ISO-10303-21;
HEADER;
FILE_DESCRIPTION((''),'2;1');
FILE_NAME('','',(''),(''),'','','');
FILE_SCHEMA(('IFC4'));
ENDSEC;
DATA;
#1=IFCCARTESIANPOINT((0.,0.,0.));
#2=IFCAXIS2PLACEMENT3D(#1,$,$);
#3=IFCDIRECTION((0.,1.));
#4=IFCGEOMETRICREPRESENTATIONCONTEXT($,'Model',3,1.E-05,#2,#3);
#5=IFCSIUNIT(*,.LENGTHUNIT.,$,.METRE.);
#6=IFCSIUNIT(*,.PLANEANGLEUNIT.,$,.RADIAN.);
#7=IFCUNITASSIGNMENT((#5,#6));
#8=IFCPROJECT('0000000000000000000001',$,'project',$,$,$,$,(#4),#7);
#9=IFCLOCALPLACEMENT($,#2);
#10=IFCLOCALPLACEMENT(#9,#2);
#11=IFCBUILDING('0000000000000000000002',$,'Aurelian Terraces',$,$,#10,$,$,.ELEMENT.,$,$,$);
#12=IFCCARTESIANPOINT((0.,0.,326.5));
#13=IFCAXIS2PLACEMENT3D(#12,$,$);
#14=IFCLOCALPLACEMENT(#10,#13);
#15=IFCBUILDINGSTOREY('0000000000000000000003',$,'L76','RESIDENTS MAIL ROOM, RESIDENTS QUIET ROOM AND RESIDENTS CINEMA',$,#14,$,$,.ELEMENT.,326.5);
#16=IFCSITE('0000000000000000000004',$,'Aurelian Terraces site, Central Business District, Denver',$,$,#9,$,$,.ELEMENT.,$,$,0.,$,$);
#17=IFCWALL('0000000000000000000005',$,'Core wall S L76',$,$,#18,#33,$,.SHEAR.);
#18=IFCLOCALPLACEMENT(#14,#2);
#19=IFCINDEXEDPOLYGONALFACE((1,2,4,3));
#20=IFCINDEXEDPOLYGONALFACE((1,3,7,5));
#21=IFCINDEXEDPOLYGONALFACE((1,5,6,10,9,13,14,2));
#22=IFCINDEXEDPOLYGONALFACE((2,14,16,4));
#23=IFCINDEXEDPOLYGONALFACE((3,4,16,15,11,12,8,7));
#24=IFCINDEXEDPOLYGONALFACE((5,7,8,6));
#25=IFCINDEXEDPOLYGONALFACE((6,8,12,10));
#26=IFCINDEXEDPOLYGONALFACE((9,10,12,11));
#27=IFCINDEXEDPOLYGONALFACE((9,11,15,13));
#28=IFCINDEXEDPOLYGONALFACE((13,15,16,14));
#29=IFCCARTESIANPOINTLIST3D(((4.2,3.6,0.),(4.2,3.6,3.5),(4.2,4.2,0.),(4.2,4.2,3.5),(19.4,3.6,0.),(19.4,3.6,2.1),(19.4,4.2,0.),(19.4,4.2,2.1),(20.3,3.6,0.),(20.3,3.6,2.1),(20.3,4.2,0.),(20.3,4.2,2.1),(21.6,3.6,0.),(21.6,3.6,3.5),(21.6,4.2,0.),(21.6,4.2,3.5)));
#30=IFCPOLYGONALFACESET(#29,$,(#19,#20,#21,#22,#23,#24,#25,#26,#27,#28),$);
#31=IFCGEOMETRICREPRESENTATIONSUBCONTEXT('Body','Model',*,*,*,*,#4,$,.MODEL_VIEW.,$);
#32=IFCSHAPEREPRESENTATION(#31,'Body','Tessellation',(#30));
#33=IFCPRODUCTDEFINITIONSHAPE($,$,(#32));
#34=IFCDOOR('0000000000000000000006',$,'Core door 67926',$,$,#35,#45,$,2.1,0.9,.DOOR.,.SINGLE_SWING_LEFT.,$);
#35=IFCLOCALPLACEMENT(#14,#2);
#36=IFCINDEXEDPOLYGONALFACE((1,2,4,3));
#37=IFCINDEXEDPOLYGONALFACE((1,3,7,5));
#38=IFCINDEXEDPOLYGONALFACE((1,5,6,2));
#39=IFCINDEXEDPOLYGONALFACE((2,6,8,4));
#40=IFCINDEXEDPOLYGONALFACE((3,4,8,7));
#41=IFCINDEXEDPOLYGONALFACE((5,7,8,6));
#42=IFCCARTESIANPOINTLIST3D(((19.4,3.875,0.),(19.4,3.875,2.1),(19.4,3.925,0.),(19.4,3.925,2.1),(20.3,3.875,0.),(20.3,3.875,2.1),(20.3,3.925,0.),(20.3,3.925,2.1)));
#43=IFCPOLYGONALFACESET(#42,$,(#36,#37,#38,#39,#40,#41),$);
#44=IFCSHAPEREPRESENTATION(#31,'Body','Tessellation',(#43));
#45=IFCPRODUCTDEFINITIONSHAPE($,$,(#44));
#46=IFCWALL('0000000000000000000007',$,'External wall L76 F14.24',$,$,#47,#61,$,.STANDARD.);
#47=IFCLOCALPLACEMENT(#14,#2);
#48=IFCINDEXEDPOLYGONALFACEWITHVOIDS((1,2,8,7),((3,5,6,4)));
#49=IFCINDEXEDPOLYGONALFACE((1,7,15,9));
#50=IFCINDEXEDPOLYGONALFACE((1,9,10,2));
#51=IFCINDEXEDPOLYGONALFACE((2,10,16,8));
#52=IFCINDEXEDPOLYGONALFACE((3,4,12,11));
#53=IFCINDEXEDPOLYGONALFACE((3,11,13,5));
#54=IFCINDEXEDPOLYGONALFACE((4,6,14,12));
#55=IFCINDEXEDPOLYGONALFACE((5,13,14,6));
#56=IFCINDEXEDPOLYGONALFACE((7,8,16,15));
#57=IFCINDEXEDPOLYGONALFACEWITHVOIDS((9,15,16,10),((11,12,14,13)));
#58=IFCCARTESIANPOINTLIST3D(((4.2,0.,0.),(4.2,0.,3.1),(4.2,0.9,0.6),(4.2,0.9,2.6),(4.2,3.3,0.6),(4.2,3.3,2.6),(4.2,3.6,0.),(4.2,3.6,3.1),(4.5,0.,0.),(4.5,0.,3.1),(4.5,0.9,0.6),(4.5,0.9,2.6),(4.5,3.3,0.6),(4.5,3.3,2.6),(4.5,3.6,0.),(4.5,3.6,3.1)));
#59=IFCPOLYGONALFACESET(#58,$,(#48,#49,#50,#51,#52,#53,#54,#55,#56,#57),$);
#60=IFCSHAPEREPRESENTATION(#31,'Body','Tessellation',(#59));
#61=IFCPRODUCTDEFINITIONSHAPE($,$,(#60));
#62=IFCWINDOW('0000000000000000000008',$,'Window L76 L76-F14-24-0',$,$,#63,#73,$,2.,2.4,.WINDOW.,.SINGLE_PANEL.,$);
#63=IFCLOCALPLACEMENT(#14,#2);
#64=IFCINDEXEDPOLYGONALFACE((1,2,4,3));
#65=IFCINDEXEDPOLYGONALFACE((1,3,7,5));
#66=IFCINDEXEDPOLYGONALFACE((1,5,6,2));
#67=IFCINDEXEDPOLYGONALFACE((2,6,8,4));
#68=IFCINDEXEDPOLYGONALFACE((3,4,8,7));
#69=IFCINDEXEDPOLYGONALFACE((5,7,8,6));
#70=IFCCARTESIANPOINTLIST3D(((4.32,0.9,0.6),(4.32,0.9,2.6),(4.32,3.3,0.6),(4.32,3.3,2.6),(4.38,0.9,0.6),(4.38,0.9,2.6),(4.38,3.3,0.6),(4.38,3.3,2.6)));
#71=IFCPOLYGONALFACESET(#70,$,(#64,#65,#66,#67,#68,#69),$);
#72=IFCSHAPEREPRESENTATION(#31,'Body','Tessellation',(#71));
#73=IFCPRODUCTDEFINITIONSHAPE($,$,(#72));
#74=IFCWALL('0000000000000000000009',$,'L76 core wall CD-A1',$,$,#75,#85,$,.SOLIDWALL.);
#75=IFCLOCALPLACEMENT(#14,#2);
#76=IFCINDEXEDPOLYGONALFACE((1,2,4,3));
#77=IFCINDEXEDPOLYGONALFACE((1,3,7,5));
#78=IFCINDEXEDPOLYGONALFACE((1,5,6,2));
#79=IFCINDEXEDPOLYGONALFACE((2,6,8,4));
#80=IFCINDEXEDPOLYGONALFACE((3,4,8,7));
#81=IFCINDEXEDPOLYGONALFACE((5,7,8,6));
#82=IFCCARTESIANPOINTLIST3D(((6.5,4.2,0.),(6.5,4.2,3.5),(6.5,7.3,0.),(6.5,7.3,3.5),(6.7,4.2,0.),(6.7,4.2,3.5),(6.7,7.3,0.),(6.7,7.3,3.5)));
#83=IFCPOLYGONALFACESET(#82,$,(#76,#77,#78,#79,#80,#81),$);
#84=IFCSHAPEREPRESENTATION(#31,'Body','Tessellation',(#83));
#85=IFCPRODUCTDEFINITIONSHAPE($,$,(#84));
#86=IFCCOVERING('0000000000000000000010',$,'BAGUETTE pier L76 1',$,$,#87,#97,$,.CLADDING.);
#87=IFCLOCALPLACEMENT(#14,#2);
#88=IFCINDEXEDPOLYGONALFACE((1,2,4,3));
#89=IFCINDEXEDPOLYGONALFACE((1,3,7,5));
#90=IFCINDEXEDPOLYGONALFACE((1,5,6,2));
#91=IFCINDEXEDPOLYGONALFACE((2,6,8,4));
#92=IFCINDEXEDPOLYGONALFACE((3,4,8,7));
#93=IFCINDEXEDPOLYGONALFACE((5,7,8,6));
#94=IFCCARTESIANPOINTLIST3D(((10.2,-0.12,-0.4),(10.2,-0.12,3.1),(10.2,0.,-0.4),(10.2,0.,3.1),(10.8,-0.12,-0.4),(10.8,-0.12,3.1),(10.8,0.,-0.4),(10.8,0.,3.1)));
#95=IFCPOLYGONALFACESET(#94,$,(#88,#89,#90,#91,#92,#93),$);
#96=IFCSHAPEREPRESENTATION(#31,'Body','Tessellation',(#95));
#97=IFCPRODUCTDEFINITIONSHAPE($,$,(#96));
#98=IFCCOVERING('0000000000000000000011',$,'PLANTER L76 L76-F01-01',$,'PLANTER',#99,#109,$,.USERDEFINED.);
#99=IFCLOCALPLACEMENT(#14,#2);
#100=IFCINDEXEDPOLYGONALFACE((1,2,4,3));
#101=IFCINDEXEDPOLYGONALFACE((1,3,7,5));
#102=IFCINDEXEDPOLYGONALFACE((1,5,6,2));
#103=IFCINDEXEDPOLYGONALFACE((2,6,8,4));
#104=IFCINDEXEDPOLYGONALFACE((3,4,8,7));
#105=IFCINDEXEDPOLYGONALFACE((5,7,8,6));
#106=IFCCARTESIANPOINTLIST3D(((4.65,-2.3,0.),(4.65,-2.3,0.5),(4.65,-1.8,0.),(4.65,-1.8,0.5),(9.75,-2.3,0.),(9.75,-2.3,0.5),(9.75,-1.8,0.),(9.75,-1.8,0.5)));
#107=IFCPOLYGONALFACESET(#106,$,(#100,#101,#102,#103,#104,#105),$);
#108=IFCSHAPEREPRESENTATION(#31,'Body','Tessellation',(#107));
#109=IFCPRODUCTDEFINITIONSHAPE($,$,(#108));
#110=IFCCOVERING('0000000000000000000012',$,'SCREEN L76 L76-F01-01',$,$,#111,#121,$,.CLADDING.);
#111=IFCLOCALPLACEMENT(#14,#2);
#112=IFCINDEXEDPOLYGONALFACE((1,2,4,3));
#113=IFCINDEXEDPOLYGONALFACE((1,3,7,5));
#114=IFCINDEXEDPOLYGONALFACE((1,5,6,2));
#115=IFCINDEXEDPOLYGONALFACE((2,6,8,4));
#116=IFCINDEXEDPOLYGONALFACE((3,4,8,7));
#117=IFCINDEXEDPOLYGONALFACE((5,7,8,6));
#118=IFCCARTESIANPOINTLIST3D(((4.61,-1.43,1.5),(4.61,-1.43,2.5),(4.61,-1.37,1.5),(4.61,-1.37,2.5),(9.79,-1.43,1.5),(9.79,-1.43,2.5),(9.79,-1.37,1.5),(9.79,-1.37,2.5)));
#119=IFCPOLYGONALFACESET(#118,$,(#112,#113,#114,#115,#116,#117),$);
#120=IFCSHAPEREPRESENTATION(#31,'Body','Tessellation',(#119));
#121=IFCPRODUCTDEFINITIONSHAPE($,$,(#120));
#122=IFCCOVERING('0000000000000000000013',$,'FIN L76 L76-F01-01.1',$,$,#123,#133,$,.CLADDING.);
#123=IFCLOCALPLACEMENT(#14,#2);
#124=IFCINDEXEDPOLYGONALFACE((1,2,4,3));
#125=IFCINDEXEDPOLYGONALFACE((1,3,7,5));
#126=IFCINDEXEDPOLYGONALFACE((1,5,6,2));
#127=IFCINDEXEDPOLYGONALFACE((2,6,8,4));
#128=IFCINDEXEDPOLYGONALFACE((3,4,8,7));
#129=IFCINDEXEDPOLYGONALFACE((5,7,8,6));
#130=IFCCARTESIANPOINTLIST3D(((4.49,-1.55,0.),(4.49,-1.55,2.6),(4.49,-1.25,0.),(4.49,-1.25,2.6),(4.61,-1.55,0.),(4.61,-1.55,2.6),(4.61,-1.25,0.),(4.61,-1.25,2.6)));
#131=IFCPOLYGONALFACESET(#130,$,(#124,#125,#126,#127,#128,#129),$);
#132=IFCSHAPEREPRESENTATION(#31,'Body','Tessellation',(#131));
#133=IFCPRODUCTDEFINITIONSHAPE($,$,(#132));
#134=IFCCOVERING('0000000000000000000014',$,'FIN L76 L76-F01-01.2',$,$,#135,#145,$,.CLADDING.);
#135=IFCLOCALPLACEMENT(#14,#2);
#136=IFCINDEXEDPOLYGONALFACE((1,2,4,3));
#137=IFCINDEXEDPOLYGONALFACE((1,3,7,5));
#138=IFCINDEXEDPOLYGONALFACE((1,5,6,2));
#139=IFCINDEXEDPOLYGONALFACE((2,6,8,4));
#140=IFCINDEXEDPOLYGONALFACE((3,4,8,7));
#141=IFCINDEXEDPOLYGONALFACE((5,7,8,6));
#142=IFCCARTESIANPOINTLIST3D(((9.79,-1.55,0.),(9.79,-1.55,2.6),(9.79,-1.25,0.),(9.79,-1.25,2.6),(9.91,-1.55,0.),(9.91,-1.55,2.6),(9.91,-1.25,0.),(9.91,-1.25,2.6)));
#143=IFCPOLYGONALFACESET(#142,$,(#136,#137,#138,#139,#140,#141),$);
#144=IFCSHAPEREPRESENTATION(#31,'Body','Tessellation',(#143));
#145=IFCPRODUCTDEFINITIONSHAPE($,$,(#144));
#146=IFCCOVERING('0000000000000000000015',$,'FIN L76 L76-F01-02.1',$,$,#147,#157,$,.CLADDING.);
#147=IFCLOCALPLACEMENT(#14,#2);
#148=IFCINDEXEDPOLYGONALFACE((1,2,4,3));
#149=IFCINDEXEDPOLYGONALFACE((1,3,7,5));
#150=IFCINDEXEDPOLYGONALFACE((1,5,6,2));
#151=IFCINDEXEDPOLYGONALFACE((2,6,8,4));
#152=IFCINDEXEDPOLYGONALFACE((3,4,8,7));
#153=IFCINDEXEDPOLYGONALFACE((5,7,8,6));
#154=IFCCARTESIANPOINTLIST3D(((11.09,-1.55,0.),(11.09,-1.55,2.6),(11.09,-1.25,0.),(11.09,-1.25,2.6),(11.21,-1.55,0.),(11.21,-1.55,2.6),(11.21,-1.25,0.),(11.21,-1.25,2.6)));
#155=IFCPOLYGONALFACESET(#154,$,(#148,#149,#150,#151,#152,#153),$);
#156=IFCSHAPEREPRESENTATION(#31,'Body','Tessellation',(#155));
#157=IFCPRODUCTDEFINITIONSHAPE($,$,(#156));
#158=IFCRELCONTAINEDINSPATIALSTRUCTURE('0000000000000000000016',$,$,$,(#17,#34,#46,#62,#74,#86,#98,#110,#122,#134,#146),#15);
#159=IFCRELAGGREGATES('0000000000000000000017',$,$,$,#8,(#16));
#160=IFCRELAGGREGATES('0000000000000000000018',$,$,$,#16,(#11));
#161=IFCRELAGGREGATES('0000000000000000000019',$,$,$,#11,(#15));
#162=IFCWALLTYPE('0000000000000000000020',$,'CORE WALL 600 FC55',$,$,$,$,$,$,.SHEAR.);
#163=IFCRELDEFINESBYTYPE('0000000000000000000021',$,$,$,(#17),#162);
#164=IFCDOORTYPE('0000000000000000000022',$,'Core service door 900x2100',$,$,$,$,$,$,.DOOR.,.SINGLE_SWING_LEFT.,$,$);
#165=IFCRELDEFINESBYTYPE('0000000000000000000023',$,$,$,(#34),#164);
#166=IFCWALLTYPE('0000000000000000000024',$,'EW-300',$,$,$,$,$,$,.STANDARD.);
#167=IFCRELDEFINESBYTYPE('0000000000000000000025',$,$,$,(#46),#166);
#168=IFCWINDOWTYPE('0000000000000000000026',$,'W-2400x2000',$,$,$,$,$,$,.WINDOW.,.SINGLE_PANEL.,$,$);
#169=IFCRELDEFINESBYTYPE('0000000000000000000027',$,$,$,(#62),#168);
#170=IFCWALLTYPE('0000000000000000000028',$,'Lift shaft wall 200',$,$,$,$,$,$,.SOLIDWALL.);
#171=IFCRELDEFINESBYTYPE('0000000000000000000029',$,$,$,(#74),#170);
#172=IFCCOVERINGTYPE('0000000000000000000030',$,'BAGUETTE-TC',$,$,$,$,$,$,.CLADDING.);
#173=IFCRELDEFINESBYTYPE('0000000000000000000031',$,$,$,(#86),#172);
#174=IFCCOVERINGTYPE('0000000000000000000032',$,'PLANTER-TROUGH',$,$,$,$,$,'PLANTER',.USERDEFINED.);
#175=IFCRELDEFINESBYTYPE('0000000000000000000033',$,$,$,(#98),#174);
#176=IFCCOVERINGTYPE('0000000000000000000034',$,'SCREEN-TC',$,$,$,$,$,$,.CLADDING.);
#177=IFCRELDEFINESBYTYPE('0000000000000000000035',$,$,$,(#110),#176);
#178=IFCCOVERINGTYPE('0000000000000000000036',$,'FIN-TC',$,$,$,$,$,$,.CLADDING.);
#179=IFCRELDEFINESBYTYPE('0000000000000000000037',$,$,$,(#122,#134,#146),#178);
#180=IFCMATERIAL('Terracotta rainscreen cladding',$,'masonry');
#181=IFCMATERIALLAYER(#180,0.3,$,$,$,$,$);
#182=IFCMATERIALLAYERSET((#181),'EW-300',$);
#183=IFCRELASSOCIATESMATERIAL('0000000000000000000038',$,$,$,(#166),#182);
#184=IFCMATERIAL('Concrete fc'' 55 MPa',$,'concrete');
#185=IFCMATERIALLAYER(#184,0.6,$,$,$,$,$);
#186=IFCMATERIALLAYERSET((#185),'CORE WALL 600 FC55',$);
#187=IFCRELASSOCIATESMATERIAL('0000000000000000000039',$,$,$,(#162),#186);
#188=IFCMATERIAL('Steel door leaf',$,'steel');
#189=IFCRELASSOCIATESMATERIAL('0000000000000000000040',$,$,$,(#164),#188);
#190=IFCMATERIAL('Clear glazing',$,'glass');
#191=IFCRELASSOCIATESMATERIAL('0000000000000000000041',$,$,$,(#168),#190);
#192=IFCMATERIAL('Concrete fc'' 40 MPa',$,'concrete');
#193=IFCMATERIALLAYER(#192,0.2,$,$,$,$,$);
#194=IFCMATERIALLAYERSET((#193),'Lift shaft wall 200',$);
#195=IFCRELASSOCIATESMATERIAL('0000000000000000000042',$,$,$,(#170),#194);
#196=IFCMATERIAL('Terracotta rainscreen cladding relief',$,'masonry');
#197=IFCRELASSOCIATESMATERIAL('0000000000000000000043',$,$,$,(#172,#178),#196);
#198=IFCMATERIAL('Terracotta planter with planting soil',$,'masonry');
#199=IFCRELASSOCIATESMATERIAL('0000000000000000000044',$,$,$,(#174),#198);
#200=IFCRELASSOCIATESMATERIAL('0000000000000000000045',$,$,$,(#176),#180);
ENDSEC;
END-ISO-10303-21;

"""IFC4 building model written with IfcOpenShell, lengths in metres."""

from ifc_helpers import new_model, si_unit, direction, frame, frame_2d, origin, origin_2d, place, context, subcontext, project, spatial, rectangle, extrude, source, transform, mapped, material, layer, layer_set, type_object, element, fill, save


model = new_model("IFC4")

# Units and contexts
model_context = context("Model", 3, precision=1e-05, world=origin(), true_north=direction((0.0, 1.0)))
body_context = subcontext(model_context, "Body", "Model", "MODEL_VIEW")
ifc_project = project(units=[si_unit("LENGTHUNIT", "METRE"), si_unit("PLANEANGLEUNIT", "RADIAN")], contexts=[model_context])

# Site, building, storey
site_placement = place(None, origin())
site = spatial("IfcSite", under=ifc_project, at=site_placement, Name="Aurelian Terraces site, Central Business District, Denver", CompositionType="ELEMENT", RefElevation=0.0)
building_placement = place(site_placement, origin())
building = spatial("IfcBuilding", under=site, at=building_placement, Name="Aurelian Terraces", CompositionType="ELEMENT")
storey_placement = place(building_placement, frame((0.0, 0.0, 326.5)))
storey = spatial("IfcBuildingStorey", under=building, at=storey_placement, Name="L76", Description="RESIDENTS MAIL ROOM, RESIDENTS QUIET ROOM AND RESIDENTS CINEMA", CompositionType="ELEMENT", Elevation=326.5)

# Shared definitions
ifc_material_1 = material(Name="Concrete fc' 55 MPa", Category="concrete")

# Shared definitions
ifc_material_2 = material(Name="Concrete fc' 40 MPa", Category="concrete")

# Shared definitions
ifc_material_3 = material(Name="Terracotta rainscreen cladding", Category="masonry")
ifc_layer_1 = layer(ifc_material_3, 0.3)
ifc_layer_set_1 = layer_set([ifc_layer_1], Name="EW-300")
wall_type_1 = type_object("IfcWallType", Name="EW-300", PredefinedType="STANDARD", material=ifc_layer_set_1)
ifc_material_4 = material(Name="Clear glazing", Category="glass")

# Wall, opening, door
ifc_layer_2 = layer(ifc_material_1, 0.6)
ifc_layer_set_2 = layer_set([ifc_layer_2], Name="CORE WALL 600 FC55")
wall_type_2 = type_object("IfcWallType", Name="CORE WALL 600 FC55", PredefinedType="SHEAR", material=ifc_layer_set_2)
shared_shape_1 = source(origin(), body_context, "Body", "SweptSolid", [
    extrude(rectangle(XDim=17.4, YDim=0.6, at=frame_2d((8.7, 0.0))), origin(), (0.0, 0.0, 1.0), 3.5),
])
ifc_material_5 = material(Name="Steel door leaf", Category="steel")
wall_1_placement = place(storey_placement, frame((4.2, 3.9, 0.0), z_axis=(0.0, 0.0, 1.0), x_axis=(1.0, 0.0, 0.0)))
wall_1 = element("IfcWall", 1, at=wall_1_placement, inside=storey, type_object=wall_type_2, Name="Core wall S L76", PredefinedType="SHEAR", context=body_context, shape_type="MappedRepresentation", body=[
    mapped(shared_shape_1, transform((0.0, 0.0, 0.0), scale=1.0)),
])
shared_shape_2 = source(origin(), body_context, "Body", "SweptSolid", [
    extrude(rectangle(XDim=0.9, YDim=2.1, at=frame_2d((0.45, 1.05))), frame((0.0, 0.31, 0.0), z_axis=(0.0, -1.0, 0.0), x_axis=(1.0, 0.0, 0.0)), (0.0, 0.0, 1.0), 0.62),
])
opening_1_placement = place(wall_1_placement, frame((15.2, 0.0, 0.0)))
opening_1 = element("IfcOpeningElement", 2, at=opening_1_placement, cuts=wall_1, PredefinedType="OPENING", context=body_context, shape_type="MappedRepresentation", body=[
    mapped(shared_shape_2, transform((0.0, 0.0, 0.0), scale=1.0)),
])
door_type_1 = type_object("IfcDoorType", Name="Core service door 900x2100", OperationType="SINGLE_SWING_LEFT", PredefinedType="DOOR", material=ifc_material_5)
shared_shape_3 = source(origin(), body_context, "Body", "SweptSolid", [
    extrude(rectangle(XDim=0.9, YDim=2.1, at=frame_2d((0.45, 1.05))), frame((0.0, 0.025, 0.0), z_axis=(0.0, -1.0, 0.0), x_axis=(1.0, 0.0, 0.0)), (0.0, 0.0, 1.0), 0.05),
])
door_1_placement = place(opening_1_placement, origin())
door_1 = element("IfcDoor", 3, at=door_1_placement, inside=storey, type_object=door_type_1, Name="Core door 67926", OperationType="SINGLE_SWING_LEFT", OverallHeight=2.1, OverallWidth=0.9, PredefinedType="DOOR", context=body_context, shape_type="MappedRepresentation", body=[
    mapped(shared_shape_3, transform((0.0, 0.0, 0.0), scale=1.0)),
])
fill(opening_1, door_1)

# Wall, opening, window
shared_shape_4 = source(origin(), body_context, "Body", "SweptSolid", [
    extrude(rectangle(XDim=3.6, YDim=0.3, at=frame_2d((1.8, 0.0))), origin(), (0.0, 0.0, 1.0), 3.1),
])
wall_2_placement = place(storey_placement, frame((4.35, 3.6, 0.0), z_axis=(0.0, 0.0, 1.0), x_axis=(0.0, -1.0, 0.0)))
wall_2 = element("IfcWall", 4, at=wall_2_placement, inside=storey, type_object=wall_type_1, Name="External wall L76 F14.24", PredefinedType="STANDARD", context=body_context, shape_type="MappedRepresentation", body=[
    mapped(shared_shape_4, transform((0.0, 0.0, 0.0), scale=1.0)),
])
shared_shape_5 = source(origin(), body_context, "Body", "SweptSolid", [
    extrude(rectangle(XDim=2.4, YDim=2.0, at=frame_2d((1.2, 1.0))), frame((0.0, 0.16, 0.0), z_axis=(0.0, -1.0, 0.0), x_axis=(1.0, 0.0, 0.0)), (0.0, 0.0, 1.0), 0.32),
])
opening_2_placement = place(wall_2_placement, frame((0.3, 0.0, 0.6)))
opening_2 = element("IfcOpeningElement", 5, at=opening_2_placement, cuts=wall_2, PredefinedType="OPENING", context=body_context, shape_type="MappedRepresentation", body=[
    mapped(shared_shape_5, transform((0.0, 0.0, 0.0), scale=1.0)),
])
window_type_1 = type_object("IfcWindowType", Name="W-2400x2000", PartitioningType="SINGLE_PANEL", PredefinedType="WINDOW", material=ifc_material_4)
shared_shape_6 = source(origin(), body_context, "Body", "SweptSolid", [
    extrude(rectangle(XDim=2.4, YDim=2.0, at=frame_2d((1.2, 1.0))), frame((0.0, 0.03, 0.0), z_axis=(0.0, -1.0, 0.0), x_axis=(1.0, 0.0, 0.0)), (0.0, 0.0, 1.0), 0.06),
])
window_1_placement = place(opening_2_placement, origin())
window_1 = element("IfcWindow", 6, at=window_1_placement, inside=storey, type_object=window_type_1, Name="Window L76 L76-F14-24-0", OverallHeight=2.0, OverallWidth=2.4, PartitioningType="SINGLE_PANEL", PredefinedType="WINDOW", context=body_context, shape_type="MappedRepresentation", body=[
    mapped(shared_shape_6, transform((0.0, 0.0, 0.0), scale=1.0)),
])
fill(opening_2, window_1)

# Wall
ifc_layer_3 = layer(ifc_material_2, 0.2)
ifc_layer_set_3 = layer_set([ifc_layer_3], Name="Lift shaft wall 200")
wall_type_3 = type_object("IfcWallType", Name="Lift shaft wall 200", PredefinedType="SOLIDWALL", material=ifc_layer_set_3)
shared_shape_7 = source(origin(), body_context, "Body", "SweptSolid", [
    extrude(rectangle(XDim=3.1, YDim=0.2, at=frame_2d((1.55, 0.0))), origin(), (0.0, 0.0, 1.0), 3.5),
])
wall_3_placement = place(storey_placement, frame((6.6, 4.2, 0.0), z_axis=(0.0, 0.0, 1.0), x_axis=(0.0, 1.0, 0.0)))
element("IfcWall", 7, at=wall_3_placement, inside=storey, type_object=wall_type_3, Name="L76 core wall CD-A1", PredefinedType="SOLIDWALL", context=body_context, shape_type="MappedRepresentation", body=[
    mapped(shared_shape_7, transform((0.0, 0.0, 0.0), scale=1.0)),
])

# Covering
ifc_material_6 = material(Name="Terracotta rainscreen cladding relief", Category="masonry")
covering_type_1 = type_object("IfcCoveringType", Name="BAGUETTE-TC", PredefinedType="CLADDING", material=ifc_material_6)
covering_1_placement = place(storey_placement, frame((10.5, -0.06, -0.4), z_axis=(0.0, 0.0, 1.0), x_axis=(1.0, 0.0, 0.0)))
element("IfcCovering", 8, at=covering_1_placement, inside=storey, type_object=covering_type_1, Name="BAGUETTE pier L76 1", PredefinedType="CLADDING", context=body_context, shape_type="SweptSolid", body=[
    extrude(rectangle(XDim=0.6, YDim=0.12, at=origin_2d()), origin(), (0.0, 0.0, 1.0), 3.5),
])

# Coverings
ifc_material_7 = material(Name="Terracotta planter with planting soil", Category="masonry")
covering_type_2 = type_object("IfcCoveringType", Name="PLANTER-TROUGH", ElementType="PLANTER", PredefinedType="USERDEFINED", material=ifc_material_7)
covering_2_placement = place(storey_placement, frame((7.2, -2.05, 0.0), z_axis=(0.0, 0.0, 1.0), x_axis=(1.0, 0.0, 0.0)))
element("IfcCovering", 9, at=covering_2_placement, inside=storey, type_object=covering_type_2, Name="PLANTER L76 L76-F01-01", ObjectType="PLANTER", PredefinedType="USERDEFINED", context=body_context, shape_type="SweptSolid", body=[
    extrude(rectangle(XDim=5.1, YDim=0.5, at=origin_2d()), origin(), (0.0, 0.0, 1.0), 0.5),
])
covering_type_3 = type_object("IfcCoveringType", Name="SCREEN-TC", PredefinedType="CLADDING", material=ifc_material_3)
covering_3_placement = place(storey_placement, frame((7.2, -1.4, 1.5), z_axis=(0.0, 0.0, 1.0), x_axis=(1.0, 0.0, 0.0)))
element("IfcCovering", 10, at=covering_3_placement, inside=storey, type_object=covering_type_3, Name="SCREEN L76 L76-F01-01", PredefinedType="CLADDING", context=body_context, shape_type="SweptSolid", body=[
    extrude(rectangle(XDim=5.18, YDim=0.06, at=origin_2d()), origin(), (0.0, 0.0, 1.0), 1.0),
])
covering_type_4 = type_object("IfcCoveringType", Name="FIN-TC", PredefinedType="CLADDING", material=ifc_material_6)
shared_shape_8 = source(origin(), body_context, "Body", "SweptSolid", [
    extrude(rectangle(XDim=0.12, YDim=0.3, at=origin_2d()), origin(), (0.0, 0.0, 1.0), 2.6),
])
for number, where, z_axis, x_axis, name in (
    (11, (4.55, -1.4, 0.0), (0.0, 0.0, 1.0), (1.0, 0.0, 0.0), "FIN L76 L76-F01-01.1"),
    (12, (9.85, -1.4, 0.0), (0.0, 0.0, 1.0), (1.0, 0.0, 0.0), "FIN L76 L76-F01-01.2"),
    (13, (11.15, -1.4, 0.0), (0.0, 0.0, 1.0), (1.0, 0.0, 0.0), "FIN L76 L76-F01-02.1"),
):
    element("IfcCovering", number, at=place(storey_placement, frame(where, z_axis=z_axis, x_axis=x_axis)), inside=storey, type_object=covering_type_4, Name=name, PredefinedType="CLADDING", context=body_context, shape_type="MappedRepresentation", body=[
        mapped(shared_shape_8, transform((0.0, 0.0, 0.0), scale=1.0)),
    ])

save(model, "model.ifc")
